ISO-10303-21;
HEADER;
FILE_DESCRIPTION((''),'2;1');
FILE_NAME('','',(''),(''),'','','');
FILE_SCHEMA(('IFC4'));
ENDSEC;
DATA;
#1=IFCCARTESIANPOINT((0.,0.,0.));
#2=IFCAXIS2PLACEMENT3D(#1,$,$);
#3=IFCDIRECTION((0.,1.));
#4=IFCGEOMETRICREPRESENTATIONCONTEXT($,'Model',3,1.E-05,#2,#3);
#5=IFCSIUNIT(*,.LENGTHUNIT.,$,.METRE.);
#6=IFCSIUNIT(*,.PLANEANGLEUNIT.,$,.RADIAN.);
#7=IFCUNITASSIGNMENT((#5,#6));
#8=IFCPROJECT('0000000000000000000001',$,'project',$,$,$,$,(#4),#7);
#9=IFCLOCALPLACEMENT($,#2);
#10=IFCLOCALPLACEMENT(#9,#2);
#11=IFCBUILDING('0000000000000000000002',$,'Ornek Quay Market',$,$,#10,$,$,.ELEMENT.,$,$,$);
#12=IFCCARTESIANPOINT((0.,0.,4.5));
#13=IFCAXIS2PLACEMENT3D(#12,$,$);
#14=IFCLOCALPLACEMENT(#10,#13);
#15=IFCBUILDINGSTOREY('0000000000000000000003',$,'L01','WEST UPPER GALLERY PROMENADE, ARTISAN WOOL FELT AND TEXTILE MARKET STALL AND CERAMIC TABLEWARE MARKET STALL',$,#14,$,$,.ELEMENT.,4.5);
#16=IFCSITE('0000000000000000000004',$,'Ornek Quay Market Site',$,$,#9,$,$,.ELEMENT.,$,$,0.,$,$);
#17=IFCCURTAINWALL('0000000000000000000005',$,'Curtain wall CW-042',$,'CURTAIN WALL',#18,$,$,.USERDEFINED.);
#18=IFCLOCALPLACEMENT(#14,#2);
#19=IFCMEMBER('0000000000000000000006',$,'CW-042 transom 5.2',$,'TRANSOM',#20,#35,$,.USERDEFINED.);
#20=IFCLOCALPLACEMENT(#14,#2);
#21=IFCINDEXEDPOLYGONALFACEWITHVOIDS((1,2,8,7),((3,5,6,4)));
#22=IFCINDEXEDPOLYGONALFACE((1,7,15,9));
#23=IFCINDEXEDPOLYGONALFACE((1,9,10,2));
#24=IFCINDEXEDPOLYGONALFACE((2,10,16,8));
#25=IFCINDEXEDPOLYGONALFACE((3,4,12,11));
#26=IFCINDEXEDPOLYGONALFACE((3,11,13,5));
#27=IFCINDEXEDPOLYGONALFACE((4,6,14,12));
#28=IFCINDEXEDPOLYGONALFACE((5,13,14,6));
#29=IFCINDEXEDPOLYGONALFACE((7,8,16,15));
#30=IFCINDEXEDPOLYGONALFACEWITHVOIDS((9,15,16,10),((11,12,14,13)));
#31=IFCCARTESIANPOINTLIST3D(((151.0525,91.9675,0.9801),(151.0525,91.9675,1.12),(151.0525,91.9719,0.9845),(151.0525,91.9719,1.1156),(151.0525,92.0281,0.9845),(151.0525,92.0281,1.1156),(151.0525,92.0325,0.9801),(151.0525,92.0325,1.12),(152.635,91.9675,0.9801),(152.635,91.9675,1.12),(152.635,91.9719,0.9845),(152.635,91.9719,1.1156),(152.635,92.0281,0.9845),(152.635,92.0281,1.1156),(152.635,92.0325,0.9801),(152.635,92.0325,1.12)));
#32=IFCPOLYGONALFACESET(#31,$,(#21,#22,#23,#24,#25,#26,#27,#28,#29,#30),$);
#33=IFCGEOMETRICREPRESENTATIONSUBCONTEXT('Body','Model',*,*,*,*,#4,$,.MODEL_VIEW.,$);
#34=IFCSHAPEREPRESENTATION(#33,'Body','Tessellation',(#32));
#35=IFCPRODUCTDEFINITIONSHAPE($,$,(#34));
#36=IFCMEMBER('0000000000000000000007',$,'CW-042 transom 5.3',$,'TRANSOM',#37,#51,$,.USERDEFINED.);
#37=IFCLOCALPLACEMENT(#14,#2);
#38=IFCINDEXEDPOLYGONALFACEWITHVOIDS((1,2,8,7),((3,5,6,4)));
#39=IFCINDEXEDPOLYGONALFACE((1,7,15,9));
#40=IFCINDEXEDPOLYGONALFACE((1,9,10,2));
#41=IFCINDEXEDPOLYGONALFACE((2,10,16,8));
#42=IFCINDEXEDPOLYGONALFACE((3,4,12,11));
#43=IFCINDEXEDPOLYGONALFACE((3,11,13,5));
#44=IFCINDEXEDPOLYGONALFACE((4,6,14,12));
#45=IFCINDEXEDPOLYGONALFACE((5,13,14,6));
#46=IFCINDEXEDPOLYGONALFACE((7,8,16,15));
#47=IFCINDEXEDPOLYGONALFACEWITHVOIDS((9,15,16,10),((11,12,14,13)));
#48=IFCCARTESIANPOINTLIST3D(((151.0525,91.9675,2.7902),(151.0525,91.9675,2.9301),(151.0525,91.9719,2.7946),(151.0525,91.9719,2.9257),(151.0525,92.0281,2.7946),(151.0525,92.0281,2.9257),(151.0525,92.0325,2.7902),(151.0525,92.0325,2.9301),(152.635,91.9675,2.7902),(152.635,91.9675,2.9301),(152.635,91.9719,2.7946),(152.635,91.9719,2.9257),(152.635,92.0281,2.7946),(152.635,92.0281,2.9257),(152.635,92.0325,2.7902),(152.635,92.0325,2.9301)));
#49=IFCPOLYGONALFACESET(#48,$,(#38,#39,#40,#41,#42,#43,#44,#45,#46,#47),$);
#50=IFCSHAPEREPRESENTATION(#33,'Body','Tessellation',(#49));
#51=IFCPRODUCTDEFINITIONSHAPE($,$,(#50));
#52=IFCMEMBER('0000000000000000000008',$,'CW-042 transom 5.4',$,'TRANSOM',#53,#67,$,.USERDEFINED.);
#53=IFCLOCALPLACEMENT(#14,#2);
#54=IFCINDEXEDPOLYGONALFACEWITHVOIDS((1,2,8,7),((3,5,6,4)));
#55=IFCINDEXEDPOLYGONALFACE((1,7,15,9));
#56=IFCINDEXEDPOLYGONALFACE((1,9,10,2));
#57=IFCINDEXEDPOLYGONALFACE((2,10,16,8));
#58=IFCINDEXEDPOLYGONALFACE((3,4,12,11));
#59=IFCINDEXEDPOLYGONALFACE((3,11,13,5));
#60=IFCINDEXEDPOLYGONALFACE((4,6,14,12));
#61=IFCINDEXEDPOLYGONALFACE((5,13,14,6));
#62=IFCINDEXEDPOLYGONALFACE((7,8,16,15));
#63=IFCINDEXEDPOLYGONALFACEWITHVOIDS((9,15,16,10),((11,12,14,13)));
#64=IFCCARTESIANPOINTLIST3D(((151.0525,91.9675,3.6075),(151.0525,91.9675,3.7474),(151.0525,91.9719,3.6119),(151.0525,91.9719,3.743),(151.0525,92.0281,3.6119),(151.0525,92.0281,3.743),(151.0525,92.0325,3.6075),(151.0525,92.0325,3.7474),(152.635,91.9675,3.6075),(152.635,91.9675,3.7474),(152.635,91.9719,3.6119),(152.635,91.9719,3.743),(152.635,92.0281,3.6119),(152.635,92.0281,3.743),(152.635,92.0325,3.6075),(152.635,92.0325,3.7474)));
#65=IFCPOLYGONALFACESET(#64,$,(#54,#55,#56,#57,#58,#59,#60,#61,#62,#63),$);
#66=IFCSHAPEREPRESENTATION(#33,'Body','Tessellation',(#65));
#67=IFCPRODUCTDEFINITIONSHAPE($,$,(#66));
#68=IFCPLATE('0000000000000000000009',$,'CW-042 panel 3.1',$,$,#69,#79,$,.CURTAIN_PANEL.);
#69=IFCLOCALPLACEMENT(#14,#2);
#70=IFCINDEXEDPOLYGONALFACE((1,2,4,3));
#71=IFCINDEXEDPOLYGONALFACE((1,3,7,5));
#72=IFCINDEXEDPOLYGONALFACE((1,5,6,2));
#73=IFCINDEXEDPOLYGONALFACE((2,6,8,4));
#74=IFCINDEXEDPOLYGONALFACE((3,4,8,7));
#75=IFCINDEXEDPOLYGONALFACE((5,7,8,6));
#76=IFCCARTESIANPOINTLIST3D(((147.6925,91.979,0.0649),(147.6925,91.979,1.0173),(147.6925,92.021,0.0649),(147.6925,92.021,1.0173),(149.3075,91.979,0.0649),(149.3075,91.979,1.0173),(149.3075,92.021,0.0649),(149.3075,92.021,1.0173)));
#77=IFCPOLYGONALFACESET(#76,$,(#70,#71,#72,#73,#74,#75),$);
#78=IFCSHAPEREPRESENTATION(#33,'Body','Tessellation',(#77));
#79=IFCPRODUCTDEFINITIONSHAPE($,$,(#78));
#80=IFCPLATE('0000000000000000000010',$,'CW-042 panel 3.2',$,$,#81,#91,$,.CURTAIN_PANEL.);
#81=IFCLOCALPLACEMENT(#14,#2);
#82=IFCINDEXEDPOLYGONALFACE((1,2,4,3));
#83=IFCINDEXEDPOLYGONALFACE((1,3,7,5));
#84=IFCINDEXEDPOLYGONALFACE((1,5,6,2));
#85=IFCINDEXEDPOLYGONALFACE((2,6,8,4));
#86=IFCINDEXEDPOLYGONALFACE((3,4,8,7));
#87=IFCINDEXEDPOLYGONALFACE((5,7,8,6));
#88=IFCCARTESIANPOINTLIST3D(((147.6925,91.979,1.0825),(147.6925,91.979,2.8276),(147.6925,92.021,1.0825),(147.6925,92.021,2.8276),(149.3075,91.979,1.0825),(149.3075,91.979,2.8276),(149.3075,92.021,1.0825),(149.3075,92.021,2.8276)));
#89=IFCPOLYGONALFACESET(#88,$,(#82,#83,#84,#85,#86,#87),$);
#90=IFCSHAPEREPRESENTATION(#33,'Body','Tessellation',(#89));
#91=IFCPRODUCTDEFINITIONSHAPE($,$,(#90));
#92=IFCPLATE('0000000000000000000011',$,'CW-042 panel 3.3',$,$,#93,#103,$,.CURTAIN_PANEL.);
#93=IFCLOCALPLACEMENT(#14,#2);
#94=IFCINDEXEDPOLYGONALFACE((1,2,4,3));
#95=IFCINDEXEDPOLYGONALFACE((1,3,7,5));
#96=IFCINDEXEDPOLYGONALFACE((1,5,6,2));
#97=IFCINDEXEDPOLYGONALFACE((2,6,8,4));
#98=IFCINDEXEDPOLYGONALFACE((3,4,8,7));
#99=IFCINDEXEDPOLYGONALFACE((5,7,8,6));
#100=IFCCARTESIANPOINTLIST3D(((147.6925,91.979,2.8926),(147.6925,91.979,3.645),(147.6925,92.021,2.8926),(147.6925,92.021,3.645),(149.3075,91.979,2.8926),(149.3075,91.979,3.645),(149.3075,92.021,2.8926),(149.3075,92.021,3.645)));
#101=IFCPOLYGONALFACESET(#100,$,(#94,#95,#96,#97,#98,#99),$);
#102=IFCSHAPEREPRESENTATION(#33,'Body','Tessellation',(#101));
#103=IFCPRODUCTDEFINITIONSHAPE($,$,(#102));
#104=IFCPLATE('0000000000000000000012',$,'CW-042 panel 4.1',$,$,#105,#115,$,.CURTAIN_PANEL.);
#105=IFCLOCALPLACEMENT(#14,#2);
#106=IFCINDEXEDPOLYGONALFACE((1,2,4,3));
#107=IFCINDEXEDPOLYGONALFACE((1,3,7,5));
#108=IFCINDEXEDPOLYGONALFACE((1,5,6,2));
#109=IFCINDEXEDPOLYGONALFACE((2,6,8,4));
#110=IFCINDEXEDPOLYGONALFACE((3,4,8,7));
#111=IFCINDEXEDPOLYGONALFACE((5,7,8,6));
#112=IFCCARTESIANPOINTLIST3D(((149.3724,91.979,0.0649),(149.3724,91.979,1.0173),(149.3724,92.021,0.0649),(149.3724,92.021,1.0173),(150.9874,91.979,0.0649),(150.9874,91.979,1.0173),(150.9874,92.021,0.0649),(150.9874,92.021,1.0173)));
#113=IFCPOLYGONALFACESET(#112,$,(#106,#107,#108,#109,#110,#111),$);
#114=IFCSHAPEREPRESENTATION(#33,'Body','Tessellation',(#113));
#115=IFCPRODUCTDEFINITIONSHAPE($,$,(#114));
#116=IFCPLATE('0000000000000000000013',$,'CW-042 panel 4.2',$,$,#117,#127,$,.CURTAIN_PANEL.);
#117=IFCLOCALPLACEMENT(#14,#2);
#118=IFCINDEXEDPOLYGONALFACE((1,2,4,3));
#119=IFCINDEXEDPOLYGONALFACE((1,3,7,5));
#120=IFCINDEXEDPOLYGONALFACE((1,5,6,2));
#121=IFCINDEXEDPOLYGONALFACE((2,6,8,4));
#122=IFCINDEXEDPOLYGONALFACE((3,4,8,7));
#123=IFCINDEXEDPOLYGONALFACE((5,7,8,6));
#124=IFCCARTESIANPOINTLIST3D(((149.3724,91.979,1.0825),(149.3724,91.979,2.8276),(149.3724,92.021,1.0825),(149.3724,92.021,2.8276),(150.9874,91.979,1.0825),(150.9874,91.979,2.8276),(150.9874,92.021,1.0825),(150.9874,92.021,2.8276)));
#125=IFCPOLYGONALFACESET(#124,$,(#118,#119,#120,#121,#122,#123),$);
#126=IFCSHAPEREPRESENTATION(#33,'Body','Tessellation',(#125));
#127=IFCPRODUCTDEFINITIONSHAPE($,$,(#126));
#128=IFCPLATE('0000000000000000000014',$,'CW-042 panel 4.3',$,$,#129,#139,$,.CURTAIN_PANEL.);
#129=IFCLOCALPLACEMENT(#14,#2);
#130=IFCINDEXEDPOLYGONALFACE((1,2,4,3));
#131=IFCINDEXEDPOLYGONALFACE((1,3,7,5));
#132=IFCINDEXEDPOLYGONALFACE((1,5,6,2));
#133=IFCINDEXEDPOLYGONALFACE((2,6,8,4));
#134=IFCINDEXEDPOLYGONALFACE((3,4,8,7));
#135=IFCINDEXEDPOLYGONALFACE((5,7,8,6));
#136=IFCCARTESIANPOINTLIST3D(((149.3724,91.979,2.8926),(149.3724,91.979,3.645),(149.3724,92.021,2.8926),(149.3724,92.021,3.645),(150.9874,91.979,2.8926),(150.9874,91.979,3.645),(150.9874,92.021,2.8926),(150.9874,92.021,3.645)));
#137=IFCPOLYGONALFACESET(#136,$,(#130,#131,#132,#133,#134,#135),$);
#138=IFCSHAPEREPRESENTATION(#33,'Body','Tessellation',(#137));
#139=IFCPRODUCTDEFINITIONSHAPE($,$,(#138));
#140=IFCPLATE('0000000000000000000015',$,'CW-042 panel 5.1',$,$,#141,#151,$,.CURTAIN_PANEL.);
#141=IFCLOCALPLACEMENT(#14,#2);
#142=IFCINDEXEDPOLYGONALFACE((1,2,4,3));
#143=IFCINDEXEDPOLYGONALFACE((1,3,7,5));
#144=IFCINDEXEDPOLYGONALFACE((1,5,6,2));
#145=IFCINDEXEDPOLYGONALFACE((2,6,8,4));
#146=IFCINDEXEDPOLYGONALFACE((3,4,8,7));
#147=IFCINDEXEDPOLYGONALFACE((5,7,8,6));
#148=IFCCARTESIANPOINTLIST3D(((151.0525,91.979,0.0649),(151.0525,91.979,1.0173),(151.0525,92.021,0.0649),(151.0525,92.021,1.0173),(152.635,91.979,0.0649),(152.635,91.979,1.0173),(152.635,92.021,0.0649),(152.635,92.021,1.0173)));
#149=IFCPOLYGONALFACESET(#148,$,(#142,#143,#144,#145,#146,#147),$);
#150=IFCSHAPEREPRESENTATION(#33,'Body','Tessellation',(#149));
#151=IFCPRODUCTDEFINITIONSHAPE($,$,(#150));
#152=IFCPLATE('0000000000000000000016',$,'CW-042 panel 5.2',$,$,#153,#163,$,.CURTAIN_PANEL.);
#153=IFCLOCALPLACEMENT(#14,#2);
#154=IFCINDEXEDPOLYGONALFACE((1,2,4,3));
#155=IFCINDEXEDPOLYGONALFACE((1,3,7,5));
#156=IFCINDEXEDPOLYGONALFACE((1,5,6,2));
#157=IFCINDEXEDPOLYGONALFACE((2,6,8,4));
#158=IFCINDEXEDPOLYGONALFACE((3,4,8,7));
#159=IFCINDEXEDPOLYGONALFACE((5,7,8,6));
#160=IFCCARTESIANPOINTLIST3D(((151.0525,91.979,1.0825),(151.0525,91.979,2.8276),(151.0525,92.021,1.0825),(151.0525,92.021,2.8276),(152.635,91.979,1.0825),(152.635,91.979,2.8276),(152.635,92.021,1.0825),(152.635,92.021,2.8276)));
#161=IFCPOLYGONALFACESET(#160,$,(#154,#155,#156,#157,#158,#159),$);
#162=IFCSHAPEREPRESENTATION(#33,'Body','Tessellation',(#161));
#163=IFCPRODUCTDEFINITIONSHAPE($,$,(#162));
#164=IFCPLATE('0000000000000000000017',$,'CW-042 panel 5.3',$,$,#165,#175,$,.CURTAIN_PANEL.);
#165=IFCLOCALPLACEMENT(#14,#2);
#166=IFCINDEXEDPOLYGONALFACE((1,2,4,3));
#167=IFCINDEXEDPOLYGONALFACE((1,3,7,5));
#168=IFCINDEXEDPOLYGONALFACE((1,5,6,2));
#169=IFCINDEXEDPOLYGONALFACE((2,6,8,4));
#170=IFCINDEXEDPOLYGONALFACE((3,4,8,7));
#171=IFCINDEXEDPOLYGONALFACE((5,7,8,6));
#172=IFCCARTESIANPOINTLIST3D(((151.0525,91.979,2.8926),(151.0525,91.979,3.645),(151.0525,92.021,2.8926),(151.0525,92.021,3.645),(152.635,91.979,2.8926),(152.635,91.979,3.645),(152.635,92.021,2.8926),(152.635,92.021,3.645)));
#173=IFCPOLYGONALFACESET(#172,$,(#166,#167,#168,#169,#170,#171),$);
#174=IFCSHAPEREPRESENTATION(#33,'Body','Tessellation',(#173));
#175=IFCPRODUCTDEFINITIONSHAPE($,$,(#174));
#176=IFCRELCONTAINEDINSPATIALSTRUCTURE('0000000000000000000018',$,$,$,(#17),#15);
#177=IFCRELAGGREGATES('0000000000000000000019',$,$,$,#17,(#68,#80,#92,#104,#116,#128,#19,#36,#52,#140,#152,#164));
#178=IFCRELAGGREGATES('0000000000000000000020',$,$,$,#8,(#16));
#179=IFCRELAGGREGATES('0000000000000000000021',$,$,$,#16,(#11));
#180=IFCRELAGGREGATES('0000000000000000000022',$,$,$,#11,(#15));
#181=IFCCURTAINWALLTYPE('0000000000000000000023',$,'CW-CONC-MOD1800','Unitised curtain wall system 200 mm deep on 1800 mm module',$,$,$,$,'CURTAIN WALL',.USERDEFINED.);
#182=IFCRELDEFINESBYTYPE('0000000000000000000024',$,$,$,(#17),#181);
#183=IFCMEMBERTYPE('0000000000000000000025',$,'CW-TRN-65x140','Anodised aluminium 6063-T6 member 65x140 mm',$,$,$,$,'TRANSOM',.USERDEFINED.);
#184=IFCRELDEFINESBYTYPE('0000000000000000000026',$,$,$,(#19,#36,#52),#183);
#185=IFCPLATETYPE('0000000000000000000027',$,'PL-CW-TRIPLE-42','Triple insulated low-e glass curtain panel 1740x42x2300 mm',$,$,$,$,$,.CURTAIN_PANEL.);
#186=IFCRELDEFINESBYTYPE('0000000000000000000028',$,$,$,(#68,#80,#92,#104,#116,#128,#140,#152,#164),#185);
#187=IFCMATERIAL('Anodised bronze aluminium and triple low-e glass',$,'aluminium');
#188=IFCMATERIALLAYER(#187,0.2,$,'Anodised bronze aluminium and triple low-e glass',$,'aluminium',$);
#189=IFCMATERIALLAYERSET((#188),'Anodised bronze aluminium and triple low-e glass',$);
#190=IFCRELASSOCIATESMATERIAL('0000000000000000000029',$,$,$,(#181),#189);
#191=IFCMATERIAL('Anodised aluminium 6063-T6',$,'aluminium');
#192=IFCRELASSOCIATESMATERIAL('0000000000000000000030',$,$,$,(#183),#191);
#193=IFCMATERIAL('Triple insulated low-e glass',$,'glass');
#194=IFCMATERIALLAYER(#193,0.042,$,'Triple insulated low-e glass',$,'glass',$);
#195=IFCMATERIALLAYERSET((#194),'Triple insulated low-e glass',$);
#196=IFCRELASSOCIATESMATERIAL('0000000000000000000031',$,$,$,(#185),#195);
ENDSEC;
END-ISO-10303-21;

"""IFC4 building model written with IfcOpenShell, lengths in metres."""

from ifc_helpers import new_model, si_unit, direction, frame, origin, origin_2d, place, context, subcontext, project, spatial, rectangle, hollow_rectangle, extrude, material, layer, layer_set, material_profile, profile_set, type_object, element, aggregate, save


model = new_model("IFC4")

# Units and contexts
model_context = context("Model", 3, precision=1e-05, world=origin(), true_north=direction((0.0, 1.0)))
body_context = subcontext(model_context, "Body", "Model", "MODEL_VIEW")
ifc_project = project(units=[si_unit("LENGTHUNIT", "METRE"), si_unit("PLANEANGLEUNIT", "RADIAN")], contexts=[model_context])

# Site, building, storey
site_placement = place(None, origin())
site = spatial("IfcSite", under=ifc_project, at=site_placement, Name="Ornek Quay Market Site", CompositionType="ELEMENT", RefElevation=0.0)
building_placement = place(site_placement, origin())
building = spatial("IfcBuilding", under=site, at=building_placement, Name="Ornek Quay Market", CompositionType="ELEMENT")
storey_placement = place(building_placement, frame((0.0, 0.0, 4.5)))
storey = spatial("IfcBuildingStorey", under=building, at=storey_placement, Name="L01", Description="WEST UPPER GALLERY PROMENADE, ARTISAN WOOL FELT AND TEXTILE MARKET STALL AND CERAMIC TABLEWARE MARKET STALL", CompositionType="ELEMENT", Elevation=4.5)

# Curtain wall, members, plates
ifc_material_1 = material(Name="Anodised bronze aluminium and triple low-e glass", Category="aluminium")
ifc_layer_1 = layer(ifc_material_1, 0.2, Name="Anodised bronze aluminium and triple low-e glass", Category="aluminium")
ifc_layer_set_1 = layer_set([ifc_layer_1], Name="Anodised bronze aluminium and triple low-e glass")
curtain_wall_type = type_object("IfcCurtainWallType", Name="CW-CONC-MOD1800", Description="Unitised curtain wall system 200 mm deep on 1800 mm module", ElementType="CURTAIN WALL", PredefinedType="USERDEFINED", material=ifc_layer_set_1)
curtain_wall_placement = place(storey_placement, origin())
curtain_wall = element("IfcCurtainWall", 1, at=curtain_wall_placement, inside=storey, type_object=curtain_wall_type, Name="Curtain wall CW-042", ObjectType="CURTAIN WALL", PredefinedType="USERDEFINED")
ifc_material_2 = material(Name="Anodised aluminium 6063-T6", Category="aluminium")
ifc_material_profile_1 = material_profile(ifc_material_2, hollow_rectangle(XDim=0.0649, YDim=0.1399, WallThickness=0.0044, at=origin_2d()), Name="CW-TRN-65x140", Category="aluminium")
ifc_profile_set_1 = profile_set([ifc_material_profile_1], Name="Anodised aluminium 6063-T6")
member_type_1 = type_object("IfcMemberType", Name="CW-TRN-65x140", Description="Anodised aluminium 6063-T6 member 65x140 mm", ElementType="TRANSOM", PredefinedType="USERDEFINED", material=ifc_profile_set_1)
member_1_placement = place(storey_placement, frame((151.0525, 92.0, 1.05), z_axis=(1.0, 0.0, 0.0), x_axis=(0.0, 1.0, 0.0)))
member_1 = element("IfcMember", 2, at=member_1_placement, type_object=member_type_1, Name="CW-042 transom 5.2", ObjectType="TRANSOM", PredefinedType="USERDEFINED", context=body_context, shape_type="SweptSolid", body=[
    extrude(hollow_rectangle(XDim=0.0649, YDim=0.1399, WallThickness=0.0044, at=origin_2d()), origin(), (0.0, 0.0, 1.0), 1.5825),
])
member_2_placement = place(storey_placement, frame((151.0525, 92.0, 2.8601), z_axis=(1.0, 0.0, 0.0), x_axis=(0.0, 1.0, 0.0)))
member_2 = element("IfcMember", 3, at=member_2_placement, type_object=member_type_1, Name="CW-042 transom 5.3", ObjectType="TRANSOM", PredefinedType="USERDEFINED", context=body_context, shape_type="SweptSolid", body=[
    extrude(hollow_rectangle(XDim=0.0649, YDim=0.1399, WallThickness=0.0044, at=origin_2d()), origin(), (0.0, 0.0, 1.0), 1.5825),
])
member_3_placement = place(storey_placement, frame((151.0525, 92.0, 3.6775), z_axis=(1.0, 0.0, 0.0), x_axis=(0.0, 1.0, 0.0)))
member_3 = element("IfcMember", 4, at=member_3_placement, type_object=member_type_1, Name="CW-042 transom 5.4", ObjectType="TRANSOM", PredefinedType="USERDEFINED", context=body_context, shape_type="SweptSolid", body=[
    extrude(hollow_rectangle(XDim=0.0649, YDim=0.1399, WallThickness=0.0044, at=origin_2d()), origin(), (0.0, 0.0, 1.0), 1.5825),
])
ifc_material_3 = material(Name="Triple insulated low-e glass", Category="glass")
ifc_layer_2 = layer(ifc_material_3, 0.042, Name="Triple insulated low-e glass", Category="glass")
ifc_layer_set_2 = layer_set([ifc_layer_2], Name="Triple insulated low-e glass")
plate_type = type_object("IfcPlateType", Name="PL-CW-TRIPLE-42", Description="Triple insulated low-e glass curtain panel 1740x42x2300 mm", PredefinedType="CURTAIN_PANEL", material=ifc_layer_set_2)
plate_1_placement = place(storey_placement, frame((148.5, 92.0, 0.0649), z_axis=(0.0, 0.0, 1.0), x_axis=(1.0, 0.0, 0.0)))
plate_1 = element("IfcPlate", 5, at=plate_1_placement, type_object=plate_type, Name="CW-042 panel 3.1", PredefinedType="CURTAIN_PANEL", context=body_context, shape_type="SweptSolid", body=[
    extrude(rectangle(XDim=1.615, YDim=0.042, at=origin_2d()), origin(), (0.0, 0.0, 1.0), 0.9524),
])
plate_2_placement = place(storey_placement, frame((148.5, 92.0, 1.0825), z_axis=(0.0, 0.0, 1.0), x_axis=(1.0, 0.0, 0.0)))
plate_2 = element("IfcPlate", 6, at=plate_2_placement, type_object=plate_type, Name="CW-042 panel 3.2", PredefinedType="CURTAIN_PANEL", context=body_context, shape_type="SweptSolid", body=[
    extrude(rectangle(XDim=1.615, YDim=0.042, at=origin_2d()), origin(), (0.0, 0.0, 1.0), 1.7451),
])
plate_3_placement = place(storey_placement, frame((148.5, 92.0, 2.8926), z_axis=(0.0, 0.0, 1.0), x_axis=(1.0, 0.0, 0.0)))
plate_3 = element("IfcPlate", 7, at=plate_3_placement, type_object=plate_type, Name="CW-042 panel 3.3", PredefinedType="CURTAIN_PANEL", context=body_context, shape_type="SweptSolid", body=[
    extrude(rectangle(XDim=1.615, YDim=0.042, at=origin_2d()), origin(), (0.0, 0.0, 1.0), 0.7524),
])
plate_4_placement = place(storey_placement, frame((150.1799, 92.0, 0.0649), z_axis=(0.0, 0.0, 1.0), x_axis=(1.0, 0.0, 0.0)))
plate_4 = element("IfcPlate", 8, at=plate_4_placement, type_object=plate_type, Name="CW-042 panel 4.1", PredefinedType="CURTAIN_PANEL", context=body_context, shape_type="SweptSolid", body=[
    extrude(rectangle(XDim=1.615, YDim=0.042, at=origin_2d()), origin(), (0.0, 0.0, 1.0), 0.9524),
])
plate_5_placement = place(storey_placement, frame((150.1799, 92.0, 1.0825), z_axis=(0.0, 0.0, 1.0), x_axis=(1.0, 0.0, 0.0)))
plate_5 = element("IfcPlate", 9, at=plate_5_placement, type_object=plate_type, Name="CW-042 panel 4.2", PredefinedType="CURTAIN_PANEL", context=body_context, shape_type="SweptSolid", body=[
    extrude(rectangle(XDim=1.615, YDim=0.042, at=origin_2d()), origin(), (0.0, 0.0, 1.0), 1.7451),
])
plate_6_placement = place(storey_placement, frame((150.1799, 92.0, 2.8926), z_axis=(0.0, 0.0, 1.0), x_axis=(1.0, 0.0, 0.0)))
plate_6 = element("IfcPlate", 10, at=plate_6_placement, type_object=plate_type, Name="CW-042 panel 4.3", PredefinedType="CURTAIN_PANEL", context=body_context, shape_type="SweptSolid", body=[
    extrude(rectangle(XDim=1.615, YDim=0.042, at=origin_2d()), origin(), (0.0, 0.0, 1.0), 0.7524),
])
plate_7_placement = place(storey_placement, frame((151.8438, 92.0, 0.0649), z_axis=(0.0, 0.0, 1.0), x_axis=(1.0, 0.0, 0.0)))
plate_7 = element("IfcPlate", 11, at=plate_7_placement, type_object=plate_type, Name="CW-042 panel 5.1", PredefinedType="CURTAIN_PANEL", context=body_context, shape_type="SweptSolid", body=[
    extrude(rectangle(XDim=1.5825, YDim=0.042, at=origin_2d()), origin(), (0.0, 0.0, 1.0), 0.9524),
])
plate_8_placement = place(storey_placement, frame((151.8438, 92.0, 1.0825), z_axis=(0.0, 0.0, 1.0), x_axis=(1.0, 0.0, 0.0)))
plate_8 = element("IfcPlate", 12, at=plate_8_placement, type_object=plate_type, Name="CW-042 panel 5.2", PredefinedType="CURTAIN_PANEL", context=body_context, shape_type="SweptSolid", body=[
    extrude(rectangle(XDim=1.5825, YDim=0.042, at=origin_2d()), origin(), (0.0, 0.0, 1.0), 1.7451),
])
plate_9_placement = place(storey_placement, frame((151.8438, 92.0, 2.8926), z_axis=(0.0, 0.0, 1.0), x_axis=(1.0, 0.0, 0.0)))
plate_9 = element("IfcPlate", 13, at=plate_9_placement, type_object=plate_type, Name="CW-042 panel 5.3", PredefinedType="CURTAIN_PANEL", context=body_context, shape_type="SweptSolid", body=[
    extrude(rectangle(XDim=1.5825, YDim=0.042, at=origin_2d()), origin(), (0.0, 0.0, 1.0), 0.7524),
])
aggregate(curtain_wall, [plate_1, plate_2, plate_3, plate_4, plate_5, plate_6, member_1, member_2, member_3, plate_7, plate_8, plate_9])

save(model, "model.ifc")
